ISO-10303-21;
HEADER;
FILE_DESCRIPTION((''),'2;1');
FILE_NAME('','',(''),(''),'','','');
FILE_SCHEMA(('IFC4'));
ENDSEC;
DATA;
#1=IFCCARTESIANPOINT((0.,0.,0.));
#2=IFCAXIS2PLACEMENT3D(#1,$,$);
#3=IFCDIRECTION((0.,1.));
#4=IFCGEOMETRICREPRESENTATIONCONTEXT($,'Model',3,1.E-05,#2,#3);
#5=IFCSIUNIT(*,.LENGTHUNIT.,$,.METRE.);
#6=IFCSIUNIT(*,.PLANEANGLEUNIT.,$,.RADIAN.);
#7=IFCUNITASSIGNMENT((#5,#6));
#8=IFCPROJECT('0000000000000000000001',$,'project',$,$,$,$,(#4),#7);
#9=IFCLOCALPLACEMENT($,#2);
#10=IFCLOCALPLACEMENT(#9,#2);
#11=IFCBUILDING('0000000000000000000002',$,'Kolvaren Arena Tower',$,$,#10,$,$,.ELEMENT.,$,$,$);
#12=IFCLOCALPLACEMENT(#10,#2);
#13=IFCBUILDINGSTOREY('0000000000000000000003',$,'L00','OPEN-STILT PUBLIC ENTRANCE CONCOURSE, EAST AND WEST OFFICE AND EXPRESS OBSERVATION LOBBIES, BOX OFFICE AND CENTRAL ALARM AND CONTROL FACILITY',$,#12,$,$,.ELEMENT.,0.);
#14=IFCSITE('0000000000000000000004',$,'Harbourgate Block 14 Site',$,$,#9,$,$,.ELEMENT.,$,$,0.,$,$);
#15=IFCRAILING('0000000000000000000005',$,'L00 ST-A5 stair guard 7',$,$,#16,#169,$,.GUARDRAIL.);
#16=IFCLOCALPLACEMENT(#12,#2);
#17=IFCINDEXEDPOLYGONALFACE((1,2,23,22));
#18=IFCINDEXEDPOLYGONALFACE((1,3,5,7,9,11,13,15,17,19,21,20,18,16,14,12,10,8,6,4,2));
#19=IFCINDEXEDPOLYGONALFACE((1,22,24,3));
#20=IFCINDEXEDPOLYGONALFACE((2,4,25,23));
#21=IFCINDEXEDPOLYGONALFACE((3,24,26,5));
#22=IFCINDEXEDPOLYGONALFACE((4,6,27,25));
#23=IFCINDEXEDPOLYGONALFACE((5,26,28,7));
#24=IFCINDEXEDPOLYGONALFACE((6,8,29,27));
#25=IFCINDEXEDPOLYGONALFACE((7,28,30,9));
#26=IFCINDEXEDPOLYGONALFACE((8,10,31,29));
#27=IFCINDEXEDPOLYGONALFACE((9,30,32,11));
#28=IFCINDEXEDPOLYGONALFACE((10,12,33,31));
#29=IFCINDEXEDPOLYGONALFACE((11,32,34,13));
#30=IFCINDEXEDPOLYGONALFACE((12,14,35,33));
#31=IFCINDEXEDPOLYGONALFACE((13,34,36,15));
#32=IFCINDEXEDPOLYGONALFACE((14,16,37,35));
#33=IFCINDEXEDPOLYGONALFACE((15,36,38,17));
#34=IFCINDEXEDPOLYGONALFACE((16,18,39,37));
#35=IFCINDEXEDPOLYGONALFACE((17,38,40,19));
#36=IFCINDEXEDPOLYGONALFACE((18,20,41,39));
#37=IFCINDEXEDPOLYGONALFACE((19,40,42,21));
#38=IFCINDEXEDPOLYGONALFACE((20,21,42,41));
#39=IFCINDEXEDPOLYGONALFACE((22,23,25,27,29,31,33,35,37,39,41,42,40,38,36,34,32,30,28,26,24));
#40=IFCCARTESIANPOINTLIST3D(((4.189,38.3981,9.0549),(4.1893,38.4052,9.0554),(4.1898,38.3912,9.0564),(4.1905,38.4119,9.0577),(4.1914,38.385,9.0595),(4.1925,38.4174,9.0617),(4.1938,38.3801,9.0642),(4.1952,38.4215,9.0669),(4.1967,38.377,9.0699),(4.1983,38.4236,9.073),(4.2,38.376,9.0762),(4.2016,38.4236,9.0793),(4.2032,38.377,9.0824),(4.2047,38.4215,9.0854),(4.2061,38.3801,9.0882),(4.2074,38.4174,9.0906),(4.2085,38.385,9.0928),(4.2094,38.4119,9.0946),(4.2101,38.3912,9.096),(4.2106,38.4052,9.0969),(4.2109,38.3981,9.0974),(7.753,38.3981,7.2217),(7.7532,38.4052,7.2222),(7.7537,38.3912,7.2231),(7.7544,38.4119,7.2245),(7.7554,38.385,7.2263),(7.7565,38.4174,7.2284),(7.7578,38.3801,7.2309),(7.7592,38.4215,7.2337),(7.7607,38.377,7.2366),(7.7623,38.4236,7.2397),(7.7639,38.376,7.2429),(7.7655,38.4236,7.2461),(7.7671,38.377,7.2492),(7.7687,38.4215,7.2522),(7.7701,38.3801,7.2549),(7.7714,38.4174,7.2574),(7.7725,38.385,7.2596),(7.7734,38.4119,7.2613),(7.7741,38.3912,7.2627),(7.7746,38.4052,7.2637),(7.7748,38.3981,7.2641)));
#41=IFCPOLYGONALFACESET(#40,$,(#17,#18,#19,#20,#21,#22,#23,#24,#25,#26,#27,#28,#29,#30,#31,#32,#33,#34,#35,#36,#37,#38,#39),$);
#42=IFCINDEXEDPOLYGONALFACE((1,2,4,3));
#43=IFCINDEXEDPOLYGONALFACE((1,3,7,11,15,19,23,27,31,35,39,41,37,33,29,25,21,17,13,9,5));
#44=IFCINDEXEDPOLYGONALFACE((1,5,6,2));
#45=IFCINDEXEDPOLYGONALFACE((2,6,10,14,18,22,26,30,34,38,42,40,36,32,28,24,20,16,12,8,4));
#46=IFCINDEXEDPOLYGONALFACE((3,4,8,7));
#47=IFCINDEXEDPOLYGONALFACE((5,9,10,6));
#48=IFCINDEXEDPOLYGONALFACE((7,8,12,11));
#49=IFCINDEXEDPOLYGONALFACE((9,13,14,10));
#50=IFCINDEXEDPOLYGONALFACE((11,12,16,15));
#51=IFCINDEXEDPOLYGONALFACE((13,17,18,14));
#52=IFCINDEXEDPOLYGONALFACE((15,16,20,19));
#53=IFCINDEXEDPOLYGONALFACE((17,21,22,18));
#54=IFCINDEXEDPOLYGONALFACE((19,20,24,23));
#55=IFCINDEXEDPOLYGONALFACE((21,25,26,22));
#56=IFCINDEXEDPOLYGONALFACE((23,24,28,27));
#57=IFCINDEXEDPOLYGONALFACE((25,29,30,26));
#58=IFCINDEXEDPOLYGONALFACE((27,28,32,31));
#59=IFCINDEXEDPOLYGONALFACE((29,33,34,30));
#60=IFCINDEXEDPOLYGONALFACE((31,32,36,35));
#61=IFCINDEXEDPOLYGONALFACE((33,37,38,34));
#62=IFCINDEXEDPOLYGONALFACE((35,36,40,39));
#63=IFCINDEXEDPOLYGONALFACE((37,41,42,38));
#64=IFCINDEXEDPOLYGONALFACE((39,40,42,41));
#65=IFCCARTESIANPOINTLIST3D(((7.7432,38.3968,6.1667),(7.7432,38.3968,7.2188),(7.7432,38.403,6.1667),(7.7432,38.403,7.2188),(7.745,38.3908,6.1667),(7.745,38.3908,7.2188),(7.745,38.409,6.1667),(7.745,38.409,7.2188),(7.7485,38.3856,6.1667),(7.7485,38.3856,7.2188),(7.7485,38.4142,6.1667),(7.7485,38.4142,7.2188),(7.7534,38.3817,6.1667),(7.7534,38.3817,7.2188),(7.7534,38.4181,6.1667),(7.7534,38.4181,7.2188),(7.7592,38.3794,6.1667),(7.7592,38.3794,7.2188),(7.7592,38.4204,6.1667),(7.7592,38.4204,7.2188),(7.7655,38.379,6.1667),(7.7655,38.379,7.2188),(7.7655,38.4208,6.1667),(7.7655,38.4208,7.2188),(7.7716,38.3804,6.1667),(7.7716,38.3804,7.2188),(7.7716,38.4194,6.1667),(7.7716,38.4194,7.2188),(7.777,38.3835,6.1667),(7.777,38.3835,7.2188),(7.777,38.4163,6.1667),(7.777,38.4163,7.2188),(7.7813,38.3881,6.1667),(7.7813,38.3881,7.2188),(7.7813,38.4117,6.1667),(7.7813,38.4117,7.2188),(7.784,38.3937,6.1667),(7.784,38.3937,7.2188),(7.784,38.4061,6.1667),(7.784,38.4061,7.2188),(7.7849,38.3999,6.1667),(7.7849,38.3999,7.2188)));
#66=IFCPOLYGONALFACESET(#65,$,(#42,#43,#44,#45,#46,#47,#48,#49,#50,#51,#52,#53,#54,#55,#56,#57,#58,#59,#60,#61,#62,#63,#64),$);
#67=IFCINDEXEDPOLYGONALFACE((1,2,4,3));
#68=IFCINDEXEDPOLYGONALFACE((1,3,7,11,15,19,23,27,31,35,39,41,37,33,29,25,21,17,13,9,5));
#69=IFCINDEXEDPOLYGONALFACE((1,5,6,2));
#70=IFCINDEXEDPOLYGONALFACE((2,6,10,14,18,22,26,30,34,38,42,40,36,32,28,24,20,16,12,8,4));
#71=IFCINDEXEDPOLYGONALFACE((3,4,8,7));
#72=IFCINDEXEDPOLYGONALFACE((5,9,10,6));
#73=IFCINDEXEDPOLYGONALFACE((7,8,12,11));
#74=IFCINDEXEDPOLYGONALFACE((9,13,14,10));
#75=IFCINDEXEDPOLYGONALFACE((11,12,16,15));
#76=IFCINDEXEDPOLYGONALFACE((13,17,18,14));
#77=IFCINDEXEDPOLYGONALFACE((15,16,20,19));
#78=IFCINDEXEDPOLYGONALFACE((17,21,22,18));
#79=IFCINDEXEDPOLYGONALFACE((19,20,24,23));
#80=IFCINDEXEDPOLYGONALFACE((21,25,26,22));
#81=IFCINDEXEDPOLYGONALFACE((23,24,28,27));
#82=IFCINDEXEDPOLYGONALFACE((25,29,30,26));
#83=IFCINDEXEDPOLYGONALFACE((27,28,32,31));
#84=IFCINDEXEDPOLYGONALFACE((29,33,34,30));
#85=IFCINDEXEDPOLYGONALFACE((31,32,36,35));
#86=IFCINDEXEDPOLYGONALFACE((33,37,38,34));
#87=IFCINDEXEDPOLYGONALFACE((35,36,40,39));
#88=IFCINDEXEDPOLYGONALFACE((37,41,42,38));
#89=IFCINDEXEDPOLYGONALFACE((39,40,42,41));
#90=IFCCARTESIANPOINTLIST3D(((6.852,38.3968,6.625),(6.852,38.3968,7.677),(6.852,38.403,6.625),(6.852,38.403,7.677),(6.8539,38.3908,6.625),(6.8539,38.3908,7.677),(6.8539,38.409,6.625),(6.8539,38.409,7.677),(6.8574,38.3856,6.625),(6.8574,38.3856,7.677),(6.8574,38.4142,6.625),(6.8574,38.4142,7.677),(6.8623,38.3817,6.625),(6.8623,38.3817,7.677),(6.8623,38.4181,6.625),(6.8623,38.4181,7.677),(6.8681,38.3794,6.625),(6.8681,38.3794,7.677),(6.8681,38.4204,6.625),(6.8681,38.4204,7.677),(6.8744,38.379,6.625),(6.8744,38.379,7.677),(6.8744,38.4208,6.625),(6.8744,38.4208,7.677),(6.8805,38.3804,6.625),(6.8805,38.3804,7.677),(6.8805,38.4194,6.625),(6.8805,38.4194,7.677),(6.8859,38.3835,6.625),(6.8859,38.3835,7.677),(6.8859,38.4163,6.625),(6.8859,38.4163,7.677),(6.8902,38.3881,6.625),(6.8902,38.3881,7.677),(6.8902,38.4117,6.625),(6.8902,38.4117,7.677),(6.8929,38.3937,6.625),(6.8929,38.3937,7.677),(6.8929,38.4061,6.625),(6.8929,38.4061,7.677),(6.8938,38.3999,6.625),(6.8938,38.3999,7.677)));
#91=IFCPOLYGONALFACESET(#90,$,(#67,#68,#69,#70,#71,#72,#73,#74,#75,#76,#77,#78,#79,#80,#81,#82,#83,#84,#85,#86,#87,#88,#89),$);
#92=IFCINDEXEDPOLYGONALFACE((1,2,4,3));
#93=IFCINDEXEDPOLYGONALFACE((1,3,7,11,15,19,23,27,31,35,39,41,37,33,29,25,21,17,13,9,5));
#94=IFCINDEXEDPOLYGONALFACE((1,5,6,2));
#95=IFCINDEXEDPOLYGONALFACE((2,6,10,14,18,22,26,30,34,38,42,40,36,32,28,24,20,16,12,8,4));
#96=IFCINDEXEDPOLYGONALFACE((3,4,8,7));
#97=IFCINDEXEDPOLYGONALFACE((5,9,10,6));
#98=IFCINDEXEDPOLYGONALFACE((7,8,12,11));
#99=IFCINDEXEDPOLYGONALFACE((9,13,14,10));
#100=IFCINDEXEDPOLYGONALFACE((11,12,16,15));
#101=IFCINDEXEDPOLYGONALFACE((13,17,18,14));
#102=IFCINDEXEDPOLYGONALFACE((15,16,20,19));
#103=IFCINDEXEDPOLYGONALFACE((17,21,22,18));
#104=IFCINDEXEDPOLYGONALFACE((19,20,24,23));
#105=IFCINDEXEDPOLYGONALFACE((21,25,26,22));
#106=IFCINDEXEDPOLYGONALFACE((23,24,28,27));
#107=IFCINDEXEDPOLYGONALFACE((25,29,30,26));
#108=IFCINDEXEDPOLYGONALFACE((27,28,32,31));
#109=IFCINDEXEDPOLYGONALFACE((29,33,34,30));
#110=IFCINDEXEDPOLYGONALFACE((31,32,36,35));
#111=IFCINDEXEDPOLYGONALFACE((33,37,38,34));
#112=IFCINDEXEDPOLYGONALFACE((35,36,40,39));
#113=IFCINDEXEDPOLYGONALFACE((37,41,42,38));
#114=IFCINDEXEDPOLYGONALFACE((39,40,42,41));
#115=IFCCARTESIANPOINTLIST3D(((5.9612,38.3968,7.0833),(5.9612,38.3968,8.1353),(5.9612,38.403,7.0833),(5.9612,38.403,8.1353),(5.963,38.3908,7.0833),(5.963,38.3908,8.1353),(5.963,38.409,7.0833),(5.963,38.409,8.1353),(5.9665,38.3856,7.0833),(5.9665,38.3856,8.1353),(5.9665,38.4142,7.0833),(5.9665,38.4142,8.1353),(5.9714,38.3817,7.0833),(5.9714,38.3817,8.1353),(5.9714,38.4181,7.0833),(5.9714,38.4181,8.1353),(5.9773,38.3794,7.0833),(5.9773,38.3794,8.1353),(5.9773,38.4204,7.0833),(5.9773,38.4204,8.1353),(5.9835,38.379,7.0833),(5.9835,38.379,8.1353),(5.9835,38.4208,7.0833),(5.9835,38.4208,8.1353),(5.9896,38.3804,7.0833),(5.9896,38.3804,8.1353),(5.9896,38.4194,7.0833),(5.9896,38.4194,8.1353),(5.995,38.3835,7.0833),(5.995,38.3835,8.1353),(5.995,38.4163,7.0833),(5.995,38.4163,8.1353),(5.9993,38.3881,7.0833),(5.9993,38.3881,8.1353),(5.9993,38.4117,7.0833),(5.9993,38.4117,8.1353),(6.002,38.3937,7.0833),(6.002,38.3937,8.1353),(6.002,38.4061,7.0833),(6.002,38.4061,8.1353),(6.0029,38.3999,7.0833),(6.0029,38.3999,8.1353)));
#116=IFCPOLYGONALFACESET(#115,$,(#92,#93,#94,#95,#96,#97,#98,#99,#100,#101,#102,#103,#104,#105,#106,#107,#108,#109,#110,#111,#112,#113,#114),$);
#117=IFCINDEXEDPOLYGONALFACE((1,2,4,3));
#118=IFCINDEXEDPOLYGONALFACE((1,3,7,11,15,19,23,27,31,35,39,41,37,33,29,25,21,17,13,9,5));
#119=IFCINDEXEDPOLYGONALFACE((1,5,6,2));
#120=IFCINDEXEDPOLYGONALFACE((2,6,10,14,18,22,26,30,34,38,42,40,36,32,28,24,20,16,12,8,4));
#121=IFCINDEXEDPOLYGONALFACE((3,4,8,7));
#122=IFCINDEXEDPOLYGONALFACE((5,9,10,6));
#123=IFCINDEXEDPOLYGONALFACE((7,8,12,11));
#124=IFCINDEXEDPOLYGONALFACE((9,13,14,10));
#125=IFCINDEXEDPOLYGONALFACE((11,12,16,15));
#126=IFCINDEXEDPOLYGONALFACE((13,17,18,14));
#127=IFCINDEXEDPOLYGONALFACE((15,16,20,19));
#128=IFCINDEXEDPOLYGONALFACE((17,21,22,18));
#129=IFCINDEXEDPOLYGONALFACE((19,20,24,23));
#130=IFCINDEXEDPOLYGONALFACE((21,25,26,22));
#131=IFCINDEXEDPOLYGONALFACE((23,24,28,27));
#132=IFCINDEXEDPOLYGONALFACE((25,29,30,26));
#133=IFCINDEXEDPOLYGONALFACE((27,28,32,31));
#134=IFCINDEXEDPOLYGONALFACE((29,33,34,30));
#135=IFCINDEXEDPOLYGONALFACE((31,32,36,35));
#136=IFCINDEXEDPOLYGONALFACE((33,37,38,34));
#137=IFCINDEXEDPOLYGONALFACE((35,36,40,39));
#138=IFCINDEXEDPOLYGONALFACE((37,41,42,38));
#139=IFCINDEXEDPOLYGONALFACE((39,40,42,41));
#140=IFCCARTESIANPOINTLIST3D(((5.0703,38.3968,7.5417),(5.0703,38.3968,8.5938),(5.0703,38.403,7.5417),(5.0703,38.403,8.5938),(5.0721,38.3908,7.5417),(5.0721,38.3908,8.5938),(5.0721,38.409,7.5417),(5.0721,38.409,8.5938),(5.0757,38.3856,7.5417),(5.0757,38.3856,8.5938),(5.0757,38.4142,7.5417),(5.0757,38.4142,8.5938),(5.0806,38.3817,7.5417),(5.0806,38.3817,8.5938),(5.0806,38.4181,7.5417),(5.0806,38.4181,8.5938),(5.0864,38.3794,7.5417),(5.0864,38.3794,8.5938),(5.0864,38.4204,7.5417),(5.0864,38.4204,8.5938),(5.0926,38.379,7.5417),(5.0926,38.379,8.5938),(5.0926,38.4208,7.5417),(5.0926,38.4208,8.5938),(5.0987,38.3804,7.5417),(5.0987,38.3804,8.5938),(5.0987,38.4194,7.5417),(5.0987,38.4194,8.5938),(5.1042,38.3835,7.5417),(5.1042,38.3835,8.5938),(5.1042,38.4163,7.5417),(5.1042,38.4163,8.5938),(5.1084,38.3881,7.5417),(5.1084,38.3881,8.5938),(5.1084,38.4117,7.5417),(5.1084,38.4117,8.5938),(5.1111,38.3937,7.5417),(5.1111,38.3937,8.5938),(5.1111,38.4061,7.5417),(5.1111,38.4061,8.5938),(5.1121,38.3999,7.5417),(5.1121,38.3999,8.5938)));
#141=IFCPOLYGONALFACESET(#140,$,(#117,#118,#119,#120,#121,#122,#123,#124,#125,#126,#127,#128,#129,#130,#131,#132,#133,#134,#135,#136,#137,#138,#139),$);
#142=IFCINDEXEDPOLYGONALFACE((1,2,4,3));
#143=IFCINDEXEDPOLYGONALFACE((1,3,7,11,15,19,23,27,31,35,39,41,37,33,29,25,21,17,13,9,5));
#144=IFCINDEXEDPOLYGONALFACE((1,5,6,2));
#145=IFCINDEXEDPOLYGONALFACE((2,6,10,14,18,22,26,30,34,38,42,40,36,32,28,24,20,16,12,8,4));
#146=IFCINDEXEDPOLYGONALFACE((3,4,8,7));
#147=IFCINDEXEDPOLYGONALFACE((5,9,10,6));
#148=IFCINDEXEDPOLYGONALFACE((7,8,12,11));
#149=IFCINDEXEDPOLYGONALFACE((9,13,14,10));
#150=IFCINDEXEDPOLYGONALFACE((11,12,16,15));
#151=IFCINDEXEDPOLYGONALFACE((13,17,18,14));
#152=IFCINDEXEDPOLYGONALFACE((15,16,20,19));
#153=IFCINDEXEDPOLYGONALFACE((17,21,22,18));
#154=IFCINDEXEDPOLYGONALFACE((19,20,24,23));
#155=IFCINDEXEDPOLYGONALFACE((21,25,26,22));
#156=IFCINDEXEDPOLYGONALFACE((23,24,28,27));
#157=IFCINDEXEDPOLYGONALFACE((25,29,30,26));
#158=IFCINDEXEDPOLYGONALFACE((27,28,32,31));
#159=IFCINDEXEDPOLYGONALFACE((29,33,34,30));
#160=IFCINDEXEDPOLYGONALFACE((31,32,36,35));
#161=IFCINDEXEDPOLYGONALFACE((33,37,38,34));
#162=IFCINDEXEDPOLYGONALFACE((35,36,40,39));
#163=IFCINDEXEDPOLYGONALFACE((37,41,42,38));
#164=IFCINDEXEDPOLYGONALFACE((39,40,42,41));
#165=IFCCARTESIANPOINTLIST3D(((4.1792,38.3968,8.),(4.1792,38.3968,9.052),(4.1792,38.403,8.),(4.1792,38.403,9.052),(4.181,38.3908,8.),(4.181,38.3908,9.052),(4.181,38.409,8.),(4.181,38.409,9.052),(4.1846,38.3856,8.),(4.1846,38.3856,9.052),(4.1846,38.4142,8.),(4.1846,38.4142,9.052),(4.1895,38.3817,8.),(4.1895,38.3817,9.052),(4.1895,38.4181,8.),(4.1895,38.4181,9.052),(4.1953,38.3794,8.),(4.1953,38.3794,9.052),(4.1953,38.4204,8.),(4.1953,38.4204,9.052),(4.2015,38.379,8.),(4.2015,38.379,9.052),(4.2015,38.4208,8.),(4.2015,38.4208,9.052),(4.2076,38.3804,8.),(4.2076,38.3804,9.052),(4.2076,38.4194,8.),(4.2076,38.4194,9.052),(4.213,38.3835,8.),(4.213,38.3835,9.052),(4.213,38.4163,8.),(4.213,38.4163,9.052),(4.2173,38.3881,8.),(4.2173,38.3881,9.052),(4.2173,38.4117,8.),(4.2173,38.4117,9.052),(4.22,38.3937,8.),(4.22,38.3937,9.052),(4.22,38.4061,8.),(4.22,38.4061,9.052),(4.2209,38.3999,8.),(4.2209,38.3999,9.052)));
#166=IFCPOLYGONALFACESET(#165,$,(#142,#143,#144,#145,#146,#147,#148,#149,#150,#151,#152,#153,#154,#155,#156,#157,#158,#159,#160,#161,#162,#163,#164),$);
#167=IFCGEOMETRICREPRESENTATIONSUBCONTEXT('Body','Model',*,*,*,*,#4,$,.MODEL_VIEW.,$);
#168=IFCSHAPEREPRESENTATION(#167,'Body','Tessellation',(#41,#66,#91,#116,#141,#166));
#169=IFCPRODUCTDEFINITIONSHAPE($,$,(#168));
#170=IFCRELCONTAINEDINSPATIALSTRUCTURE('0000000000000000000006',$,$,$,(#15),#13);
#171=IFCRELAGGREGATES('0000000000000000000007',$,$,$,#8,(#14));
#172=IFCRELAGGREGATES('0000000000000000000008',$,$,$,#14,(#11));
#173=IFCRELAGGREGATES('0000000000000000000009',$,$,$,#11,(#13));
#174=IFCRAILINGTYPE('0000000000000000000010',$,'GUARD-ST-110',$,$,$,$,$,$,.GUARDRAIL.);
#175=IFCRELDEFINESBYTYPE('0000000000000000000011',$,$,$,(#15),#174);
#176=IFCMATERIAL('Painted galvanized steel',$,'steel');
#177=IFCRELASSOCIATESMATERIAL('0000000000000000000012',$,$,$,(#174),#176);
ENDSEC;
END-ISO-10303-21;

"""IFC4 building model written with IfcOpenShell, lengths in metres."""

from ifc_helpers import new_model, si_unit, direction, frame, origin, origin_2d, place, context, subcontext, project, spatial, circle, extrude, material, type_object, element, save


model = new_model("IFC4")

# Units and contexts
model_context = context("Model", 3, precision=1e-05, world=origin(), true_north=direction((0.0, 1.0)))
body_context = subcontext(model_context, "Body", "Model", "MODEL_VIEW")
ifc_project = project(units=[si_unit("LENGTHUNIT", "METRE"), si_unit("PLANEANGLEUNIT", "RADIAN")], contexts=[model_context])

# Site, building, storey
site_placement = place(None, origin())
site = spatial("IfcSite", under=ifc_project, at=site_placement, Name="Harbourgate Block 14 Site", CompositionType="ELEMENT", RefElevation=0.0)
building_placement = place(site_placement, origin())
building = spatial("IfcBuilding", under=site, at=building_placement, Name="Kolvaren Arena Tower", CompositionType="ELEMENT")
storey_placement = place(building_placement, origin())
storey = spatial("IfcBuildingStorey", under=building, at=storey_placement, Name="L00", Description="OPEN-STILT PUBLIC ENTRANCE CONCOURSE, EAST AND WEST OFFICE AND EXPRESS OBSERVATION LOBBIES, BOX OFFICE AND CENTRAL ALARM AND CONTROL FACILITY", CompositionType="ELEMENT", Elevation=0.0)

# Railing
ifc_material_1 = material(Name="Painted galvanized steel", Category="steel")
railing_type_1 = type_object("IfcRailingType", Name="GUARD-ST-110", PredefinedType="GUARDRAIL", material=ifc_material_1)
railing_1_placement = place(storey_placement, frame((7.7639, 38.3999, 6.1667)))
element("IfcRailing", 1, at=railing_1_placement, inside=storey, type_object=railing_type_1, Name="L00 ST-A5 stair guard 7", PredefinedType="GUARDRAIL", context=body_context, shape_type="SweptSolid", body=[
    extrude(circle(Radius=0.0239, at=origin_2d()), frame((0.0, 0.0, 1.0762), z_axis=(-0.889252, 0.0, 0.457418), x_axis=(0.0, -1.0, 0.0)), (0.0, 0.0, 1.0), 4.0078),
    extrude(circle(Radius=0.021, at=origin_2d()), origin(), (0.0, 0.0, 1.0), 1.052),
    extrude(circle(Radius=0.021, at=origin_2d()), frame((-0.8911, 0.0, 0.4583)), (0.0, 0.0, 1.0), 1.052),
    extrude(circle(Radius=0.021, at=origin_2d()), frame((-1.782, 0.0, 0.9165)), (0.0, 0.0, 1.0), 1.052),
    extrude(circle(Radius=0.021, at=origin_2d()), frame((-2.6729, 0.0, 1.375)), (0.0, 0.0, 1.0), 1.052),
    extrude(circle(Radius=0.021, at=origin_2d()), frame((-3.564, 0.0, 1.8333)), (0.0, 0.0, 1.0), 1.052),
])

save(model, "model.ifc")
